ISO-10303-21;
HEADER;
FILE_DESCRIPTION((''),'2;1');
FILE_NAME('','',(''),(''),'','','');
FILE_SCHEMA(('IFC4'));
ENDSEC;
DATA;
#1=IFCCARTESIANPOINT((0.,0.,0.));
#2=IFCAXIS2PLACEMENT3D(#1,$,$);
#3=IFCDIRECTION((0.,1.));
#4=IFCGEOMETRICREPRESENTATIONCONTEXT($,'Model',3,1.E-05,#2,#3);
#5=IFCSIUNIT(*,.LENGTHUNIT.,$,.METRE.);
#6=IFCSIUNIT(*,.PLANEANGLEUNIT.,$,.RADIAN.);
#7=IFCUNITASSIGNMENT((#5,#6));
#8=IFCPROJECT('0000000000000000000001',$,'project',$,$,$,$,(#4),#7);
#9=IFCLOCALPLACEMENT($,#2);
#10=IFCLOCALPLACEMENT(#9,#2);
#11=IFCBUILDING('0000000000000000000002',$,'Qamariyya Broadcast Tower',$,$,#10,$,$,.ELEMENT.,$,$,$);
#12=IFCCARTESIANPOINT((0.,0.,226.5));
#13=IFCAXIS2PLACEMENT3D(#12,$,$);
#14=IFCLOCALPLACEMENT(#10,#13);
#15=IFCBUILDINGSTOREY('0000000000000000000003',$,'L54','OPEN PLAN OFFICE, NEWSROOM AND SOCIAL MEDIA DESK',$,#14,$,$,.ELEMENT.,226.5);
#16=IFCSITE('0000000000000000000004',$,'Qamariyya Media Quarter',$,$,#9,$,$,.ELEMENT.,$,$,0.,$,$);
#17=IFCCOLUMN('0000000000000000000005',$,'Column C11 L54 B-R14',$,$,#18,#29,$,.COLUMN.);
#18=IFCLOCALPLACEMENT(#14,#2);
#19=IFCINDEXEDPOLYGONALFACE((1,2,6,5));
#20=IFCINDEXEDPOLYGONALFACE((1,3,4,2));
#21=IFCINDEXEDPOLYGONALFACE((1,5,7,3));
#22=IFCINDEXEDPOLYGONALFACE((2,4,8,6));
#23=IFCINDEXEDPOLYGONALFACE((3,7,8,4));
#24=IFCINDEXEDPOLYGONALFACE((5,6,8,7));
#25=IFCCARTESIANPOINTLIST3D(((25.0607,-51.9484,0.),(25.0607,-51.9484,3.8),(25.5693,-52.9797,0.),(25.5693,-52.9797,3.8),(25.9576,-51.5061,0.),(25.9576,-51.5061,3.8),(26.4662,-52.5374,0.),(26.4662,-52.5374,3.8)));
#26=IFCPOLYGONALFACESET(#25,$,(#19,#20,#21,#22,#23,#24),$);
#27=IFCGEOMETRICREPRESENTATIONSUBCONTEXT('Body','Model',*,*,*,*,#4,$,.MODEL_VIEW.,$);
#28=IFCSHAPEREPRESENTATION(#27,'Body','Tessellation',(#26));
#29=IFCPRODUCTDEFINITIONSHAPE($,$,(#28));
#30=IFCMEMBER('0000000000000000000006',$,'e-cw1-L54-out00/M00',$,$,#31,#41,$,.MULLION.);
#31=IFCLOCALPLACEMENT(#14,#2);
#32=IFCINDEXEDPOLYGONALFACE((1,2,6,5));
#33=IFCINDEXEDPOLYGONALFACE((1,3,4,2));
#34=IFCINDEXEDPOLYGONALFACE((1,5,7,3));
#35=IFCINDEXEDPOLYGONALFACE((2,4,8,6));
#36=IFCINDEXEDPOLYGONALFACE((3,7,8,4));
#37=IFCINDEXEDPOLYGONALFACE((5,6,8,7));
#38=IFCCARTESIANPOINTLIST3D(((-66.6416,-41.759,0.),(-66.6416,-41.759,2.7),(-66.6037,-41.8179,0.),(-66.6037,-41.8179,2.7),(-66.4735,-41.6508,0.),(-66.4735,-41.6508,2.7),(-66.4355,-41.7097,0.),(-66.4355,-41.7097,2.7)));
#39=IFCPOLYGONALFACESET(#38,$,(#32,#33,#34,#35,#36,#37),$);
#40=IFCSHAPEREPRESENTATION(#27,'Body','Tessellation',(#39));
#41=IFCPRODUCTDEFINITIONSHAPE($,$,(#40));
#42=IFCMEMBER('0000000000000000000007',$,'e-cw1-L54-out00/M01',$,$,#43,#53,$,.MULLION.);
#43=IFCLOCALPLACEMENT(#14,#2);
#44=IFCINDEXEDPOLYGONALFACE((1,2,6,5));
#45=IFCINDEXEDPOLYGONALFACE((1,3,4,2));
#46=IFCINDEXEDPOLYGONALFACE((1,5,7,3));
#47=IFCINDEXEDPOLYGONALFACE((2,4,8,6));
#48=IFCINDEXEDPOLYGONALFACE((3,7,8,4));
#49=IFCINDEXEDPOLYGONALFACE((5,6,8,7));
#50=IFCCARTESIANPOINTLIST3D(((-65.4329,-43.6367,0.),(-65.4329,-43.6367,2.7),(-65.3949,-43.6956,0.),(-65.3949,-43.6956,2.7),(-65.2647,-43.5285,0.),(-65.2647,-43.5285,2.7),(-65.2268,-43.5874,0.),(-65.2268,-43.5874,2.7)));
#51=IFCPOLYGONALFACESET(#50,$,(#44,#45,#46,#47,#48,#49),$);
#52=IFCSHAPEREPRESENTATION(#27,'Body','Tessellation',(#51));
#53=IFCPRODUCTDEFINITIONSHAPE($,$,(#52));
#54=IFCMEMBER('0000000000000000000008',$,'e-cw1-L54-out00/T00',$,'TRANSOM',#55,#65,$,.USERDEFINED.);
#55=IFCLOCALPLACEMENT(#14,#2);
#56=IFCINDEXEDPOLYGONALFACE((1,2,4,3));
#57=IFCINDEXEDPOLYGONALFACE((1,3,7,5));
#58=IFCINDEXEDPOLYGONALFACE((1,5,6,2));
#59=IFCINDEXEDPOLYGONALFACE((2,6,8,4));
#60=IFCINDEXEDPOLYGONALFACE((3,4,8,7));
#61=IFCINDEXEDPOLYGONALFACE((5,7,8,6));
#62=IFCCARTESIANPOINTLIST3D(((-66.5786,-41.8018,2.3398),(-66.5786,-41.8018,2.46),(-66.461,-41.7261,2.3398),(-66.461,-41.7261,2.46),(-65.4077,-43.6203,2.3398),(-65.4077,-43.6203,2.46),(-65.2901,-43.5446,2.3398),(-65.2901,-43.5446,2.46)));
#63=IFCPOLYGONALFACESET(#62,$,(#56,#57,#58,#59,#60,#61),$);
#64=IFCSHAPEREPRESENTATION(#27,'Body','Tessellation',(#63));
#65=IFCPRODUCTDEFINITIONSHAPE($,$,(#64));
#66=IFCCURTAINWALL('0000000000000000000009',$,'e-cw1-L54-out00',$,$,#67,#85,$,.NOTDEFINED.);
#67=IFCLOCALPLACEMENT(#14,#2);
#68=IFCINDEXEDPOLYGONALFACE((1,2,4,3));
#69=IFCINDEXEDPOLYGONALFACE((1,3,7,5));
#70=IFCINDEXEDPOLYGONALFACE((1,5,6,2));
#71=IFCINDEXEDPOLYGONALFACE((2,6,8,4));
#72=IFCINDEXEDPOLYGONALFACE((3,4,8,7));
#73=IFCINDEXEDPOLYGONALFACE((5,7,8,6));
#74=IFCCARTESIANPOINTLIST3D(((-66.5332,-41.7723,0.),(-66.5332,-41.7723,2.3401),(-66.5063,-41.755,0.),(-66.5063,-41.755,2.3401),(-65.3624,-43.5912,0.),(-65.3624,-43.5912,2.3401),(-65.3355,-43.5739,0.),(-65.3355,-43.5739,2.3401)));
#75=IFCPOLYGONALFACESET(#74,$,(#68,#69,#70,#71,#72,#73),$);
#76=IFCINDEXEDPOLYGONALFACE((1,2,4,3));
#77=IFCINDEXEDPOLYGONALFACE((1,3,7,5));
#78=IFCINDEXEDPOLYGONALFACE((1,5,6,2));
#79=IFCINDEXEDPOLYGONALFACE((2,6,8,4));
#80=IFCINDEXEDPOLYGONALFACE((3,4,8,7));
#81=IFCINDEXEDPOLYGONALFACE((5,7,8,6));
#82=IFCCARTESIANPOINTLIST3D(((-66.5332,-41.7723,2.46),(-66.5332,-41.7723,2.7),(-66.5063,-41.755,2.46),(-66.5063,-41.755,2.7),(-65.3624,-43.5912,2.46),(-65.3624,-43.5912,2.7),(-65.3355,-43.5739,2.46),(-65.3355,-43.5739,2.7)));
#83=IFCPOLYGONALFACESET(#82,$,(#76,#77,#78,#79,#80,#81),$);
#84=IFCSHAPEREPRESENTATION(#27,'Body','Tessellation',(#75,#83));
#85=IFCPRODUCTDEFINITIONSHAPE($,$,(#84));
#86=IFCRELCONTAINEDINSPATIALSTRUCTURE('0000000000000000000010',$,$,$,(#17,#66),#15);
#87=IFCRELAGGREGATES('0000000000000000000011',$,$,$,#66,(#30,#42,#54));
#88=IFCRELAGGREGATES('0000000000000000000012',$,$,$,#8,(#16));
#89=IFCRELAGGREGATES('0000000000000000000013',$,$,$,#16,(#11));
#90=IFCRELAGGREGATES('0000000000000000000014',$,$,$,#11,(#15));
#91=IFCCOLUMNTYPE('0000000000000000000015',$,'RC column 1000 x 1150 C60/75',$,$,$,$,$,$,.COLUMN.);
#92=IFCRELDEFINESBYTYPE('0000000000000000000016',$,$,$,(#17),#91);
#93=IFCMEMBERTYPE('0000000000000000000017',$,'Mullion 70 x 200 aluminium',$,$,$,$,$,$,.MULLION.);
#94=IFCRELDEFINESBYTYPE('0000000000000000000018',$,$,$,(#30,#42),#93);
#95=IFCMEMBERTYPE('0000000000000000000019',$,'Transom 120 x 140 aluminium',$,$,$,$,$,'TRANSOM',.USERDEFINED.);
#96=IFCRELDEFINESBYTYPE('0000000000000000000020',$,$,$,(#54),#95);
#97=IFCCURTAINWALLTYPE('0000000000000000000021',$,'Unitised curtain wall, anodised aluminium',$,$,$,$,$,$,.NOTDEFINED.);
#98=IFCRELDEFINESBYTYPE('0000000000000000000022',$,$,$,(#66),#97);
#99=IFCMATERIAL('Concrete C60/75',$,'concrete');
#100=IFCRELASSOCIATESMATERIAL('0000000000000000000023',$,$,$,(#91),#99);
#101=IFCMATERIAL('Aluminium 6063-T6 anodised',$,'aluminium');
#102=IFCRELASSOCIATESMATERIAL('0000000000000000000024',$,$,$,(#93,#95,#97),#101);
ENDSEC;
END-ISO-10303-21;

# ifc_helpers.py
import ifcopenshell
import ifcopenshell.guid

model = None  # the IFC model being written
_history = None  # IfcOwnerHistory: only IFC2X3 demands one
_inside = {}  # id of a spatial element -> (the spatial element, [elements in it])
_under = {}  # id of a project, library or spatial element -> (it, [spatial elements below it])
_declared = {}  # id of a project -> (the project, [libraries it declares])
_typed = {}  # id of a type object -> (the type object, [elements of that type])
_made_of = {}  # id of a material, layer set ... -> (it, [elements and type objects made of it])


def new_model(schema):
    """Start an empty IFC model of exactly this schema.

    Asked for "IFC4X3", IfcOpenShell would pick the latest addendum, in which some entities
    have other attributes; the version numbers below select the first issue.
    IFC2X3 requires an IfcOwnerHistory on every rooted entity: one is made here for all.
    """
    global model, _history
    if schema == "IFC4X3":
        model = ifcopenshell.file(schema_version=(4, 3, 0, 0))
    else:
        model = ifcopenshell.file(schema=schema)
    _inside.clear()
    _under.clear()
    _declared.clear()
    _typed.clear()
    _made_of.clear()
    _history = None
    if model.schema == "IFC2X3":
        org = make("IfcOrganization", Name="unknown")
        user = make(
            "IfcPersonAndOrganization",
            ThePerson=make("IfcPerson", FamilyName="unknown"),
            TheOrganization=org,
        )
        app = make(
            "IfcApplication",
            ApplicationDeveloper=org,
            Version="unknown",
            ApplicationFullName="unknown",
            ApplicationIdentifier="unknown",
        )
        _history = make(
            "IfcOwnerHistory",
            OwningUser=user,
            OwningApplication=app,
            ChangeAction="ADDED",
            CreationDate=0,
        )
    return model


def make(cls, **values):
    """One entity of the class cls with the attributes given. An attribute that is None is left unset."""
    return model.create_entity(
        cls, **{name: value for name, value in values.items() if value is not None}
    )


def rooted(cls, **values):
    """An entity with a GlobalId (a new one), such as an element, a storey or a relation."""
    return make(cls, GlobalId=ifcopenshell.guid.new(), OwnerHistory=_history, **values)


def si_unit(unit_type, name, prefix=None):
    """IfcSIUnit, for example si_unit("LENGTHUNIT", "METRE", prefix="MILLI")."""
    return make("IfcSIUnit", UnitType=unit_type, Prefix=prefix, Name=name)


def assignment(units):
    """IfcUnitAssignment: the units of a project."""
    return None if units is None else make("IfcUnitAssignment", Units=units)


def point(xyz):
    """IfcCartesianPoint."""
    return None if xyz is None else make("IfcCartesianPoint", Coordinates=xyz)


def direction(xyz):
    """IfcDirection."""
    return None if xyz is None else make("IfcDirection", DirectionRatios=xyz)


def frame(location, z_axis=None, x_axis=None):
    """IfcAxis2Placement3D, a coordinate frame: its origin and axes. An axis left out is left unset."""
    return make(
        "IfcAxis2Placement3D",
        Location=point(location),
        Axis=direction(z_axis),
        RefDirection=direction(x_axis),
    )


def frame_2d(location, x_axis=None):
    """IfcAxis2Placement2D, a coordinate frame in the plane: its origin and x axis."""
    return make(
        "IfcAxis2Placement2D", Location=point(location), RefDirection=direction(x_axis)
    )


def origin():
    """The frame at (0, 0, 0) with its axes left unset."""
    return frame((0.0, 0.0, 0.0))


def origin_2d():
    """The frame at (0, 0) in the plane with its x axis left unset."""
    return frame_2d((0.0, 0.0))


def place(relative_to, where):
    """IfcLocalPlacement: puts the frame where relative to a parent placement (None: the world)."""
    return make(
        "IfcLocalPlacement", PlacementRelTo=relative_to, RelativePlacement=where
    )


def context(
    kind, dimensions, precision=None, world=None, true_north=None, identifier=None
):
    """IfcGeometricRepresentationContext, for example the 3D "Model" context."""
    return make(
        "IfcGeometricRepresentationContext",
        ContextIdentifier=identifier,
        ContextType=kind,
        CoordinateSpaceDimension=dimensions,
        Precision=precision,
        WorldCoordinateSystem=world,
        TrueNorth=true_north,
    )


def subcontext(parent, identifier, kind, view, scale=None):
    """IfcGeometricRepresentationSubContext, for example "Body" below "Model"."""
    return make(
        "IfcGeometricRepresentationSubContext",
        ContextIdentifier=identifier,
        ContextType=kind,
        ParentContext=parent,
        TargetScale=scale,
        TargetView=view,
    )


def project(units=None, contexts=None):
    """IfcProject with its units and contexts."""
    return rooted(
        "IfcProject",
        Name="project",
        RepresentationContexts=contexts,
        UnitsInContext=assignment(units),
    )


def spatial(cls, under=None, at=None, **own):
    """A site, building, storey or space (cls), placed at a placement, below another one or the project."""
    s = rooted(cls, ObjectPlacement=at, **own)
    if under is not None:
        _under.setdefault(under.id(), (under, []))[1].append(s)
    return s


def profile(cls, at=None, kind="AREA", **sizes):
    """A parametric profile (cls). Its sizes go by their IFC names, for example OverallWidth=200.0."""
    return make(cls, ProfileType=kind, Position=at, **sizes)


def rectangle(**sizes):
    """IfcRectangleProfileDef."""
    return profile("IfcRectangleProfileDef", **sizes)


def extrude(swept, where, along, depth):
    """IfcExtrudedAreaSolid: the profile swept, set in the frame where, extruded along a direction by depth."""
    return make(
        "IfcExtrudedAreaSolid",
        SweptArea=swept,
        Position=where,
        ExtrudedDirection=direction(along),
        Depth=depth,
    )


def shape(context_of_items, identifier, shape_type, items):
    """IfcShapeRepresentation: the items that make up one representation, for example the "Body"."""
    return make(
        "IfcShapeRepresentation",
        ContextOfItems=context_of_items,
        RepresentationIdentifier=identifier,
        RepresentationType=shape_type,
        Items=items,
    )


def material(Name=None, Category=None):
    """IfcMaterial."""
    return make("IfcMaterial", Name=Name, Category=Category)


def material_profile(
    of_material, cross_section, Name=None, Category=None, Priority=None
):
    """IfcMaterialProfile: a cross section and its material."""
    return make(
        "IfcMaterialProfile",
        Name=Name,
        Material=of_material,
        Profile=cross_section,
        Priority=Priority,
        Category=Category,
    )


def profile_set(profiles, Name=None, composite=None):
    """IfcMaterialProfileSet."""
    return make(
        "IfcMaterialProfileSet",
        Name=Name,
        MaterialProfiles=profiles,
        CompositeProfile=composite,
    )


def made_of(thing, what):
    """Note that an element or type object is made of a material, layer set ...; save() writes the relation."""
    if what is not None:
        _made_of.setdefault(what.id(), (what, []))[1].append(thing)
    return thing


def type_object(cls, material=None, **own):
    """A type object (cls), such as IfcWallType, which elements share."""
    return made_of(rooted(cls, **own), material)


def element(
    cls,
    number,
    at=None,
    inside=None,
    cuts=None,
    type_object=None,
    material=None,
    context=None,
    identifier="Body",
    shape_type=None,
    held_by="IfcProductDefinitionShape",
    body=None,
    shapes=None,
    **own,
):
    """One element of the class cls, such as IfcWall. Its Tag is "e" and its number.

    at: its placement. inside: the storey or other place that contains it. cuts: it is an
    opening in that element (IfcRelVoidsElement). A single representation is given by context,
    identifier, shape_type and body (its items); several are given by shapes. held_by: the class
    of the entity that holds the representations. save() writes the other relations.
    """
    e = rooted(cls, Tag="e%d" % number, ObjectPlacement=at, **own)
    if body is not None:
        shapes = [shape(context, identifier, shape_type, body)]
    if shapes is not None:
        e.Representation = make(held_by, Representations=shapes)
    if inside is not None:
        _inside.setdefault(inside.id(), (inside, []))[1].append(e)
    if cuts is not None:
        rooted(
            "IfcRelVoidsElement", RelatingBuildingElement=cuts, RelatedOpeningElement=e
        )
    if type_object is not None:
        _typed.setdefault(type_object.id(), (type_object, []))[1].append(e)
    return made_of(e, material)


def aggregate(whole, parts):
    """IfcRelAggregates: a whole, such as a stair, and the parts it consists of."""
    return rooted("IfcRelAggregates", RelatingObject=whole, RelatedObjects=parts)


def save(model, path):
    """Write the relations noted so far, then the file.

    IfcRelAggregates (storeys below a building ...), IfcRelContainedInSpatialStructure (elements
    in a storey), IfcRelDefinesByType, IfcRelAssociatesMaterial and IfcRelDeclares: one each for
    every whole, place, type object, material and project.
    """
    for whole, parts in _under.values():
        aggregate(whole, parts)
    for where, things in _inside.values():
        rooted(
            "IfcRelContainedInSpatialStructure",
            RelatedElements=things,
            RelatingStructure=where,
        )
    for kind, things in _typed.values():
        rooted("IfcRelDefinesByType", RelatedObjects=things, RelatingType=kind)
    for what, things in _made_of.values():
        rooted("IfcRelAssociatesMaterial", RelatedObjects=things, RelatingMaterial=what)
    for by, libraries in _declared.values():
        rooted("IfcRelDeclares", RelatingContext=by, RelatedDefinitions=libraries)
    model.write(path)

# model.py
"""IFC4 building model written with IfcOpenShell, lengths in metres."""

from ifc_helpers import new_model, si_unit, direction, frame, origin, origin_2d, place, context, subcontext, project, spatial, rectangle, extrude, material, material_profile, profile_set, type_object, element, aggregate, save


model = new_model("IFC4")

# Units and contexts
model_context = context("Model", 3, precision=1e-05, world=origin(), true_north=direction((0.0, 1.0)))
body_context = subcontext(model_context, "Body", "Model", "MODEL_VIEW")
ifc_project = project(units=[si_unit("LENGTHUNIT", "METRE"), si_unit("PLANEANGLEUNIT", "RADIAN")], contexts=[model_context])

# Site, building, storey
site_placement = place(None, origin())
site = spatial("IfcSite", under=ifc_project, at=site_placement, Name="Qamariyya Media Quarter", CompositionType="ELEMENT", RefElevation=0.0)
building_placement = place(site_placement, origin())
building = spatial("IfcBuilding", under=site, at=building_placement, Name="Qamariyya Broadcast Tower", CompositionType="ELEMENT")
storey_placement = place(building_placement, frame((0.0, 0.0, 226.5)))
storey = spatial("IfcBuildingStorey", under=building, at=storey_placement, Name="L54", Description="OPEN PLAN OFFICE, NEWSROOM AND SOCIAL MEDIA DESK", CompositionType="ELEMENT", Elevation=226.5)

# Column
ifc_material_1 = material(Name="Concrete C60/75", Category="concrete")
ifc_material_profile_1 = material_profile(ifc_material_1, rectangle(XDim=1.0, YDim=1.1499, at=origin_2d()))
ifc_profile_set_1 = profile_set([ifc_material_profile_1], Name="Concrete C60/75")
column_type = type_object("IfcColumnType", Name="RC column 1000 x 1150 C60/75", PredefinedType="COLUMN", material=ifc_profile_set_1)
column_placement = place(storey_placement, frame((25.7634, -52.2429, 0.0), z_axis=(0.0, 0.0, 1.0), x_axis=(0.896873, 0.442289, 0.0)))
element("IfcColumn", 1, at=column_placement, inside=storey, type_object=column_type, Name="Column C11 L54 B-R14", PredefinedType="COLUMN", context=body_context, shape_type="SweptSolid", body=[
    extrude(rectangle(XDim=1.0, YDim=1.1499, at=origin_2d()), origin(), (0.0, 0.0, 1.0), 3.8),
])

# Members
ifc_material_2 = material(Name="Aluminium 6063-T6 anodised", Category="aluminium")
ifc_material_profile_2 = material_profile(ifc_material_2, rectangle(XDim=0.2, YDim=0.0701, at=origin_2d()))
ifc_profile_set_2 = profile_set([ifc_material_profile_2], Name="Aluminium 6063-T6 anodised")
member_type_1 = type_object("IfcMemberType", Name="Mullion 70 x 200 aluminium", PredefinedType="MULLION", material=ifc_profile_set_2)
member_1_placement = place(storey_placement, frame((-66.5386, -41.7344, 0.0), z_axis=(0.0, 0.0, 1.0), x_axis=(0.840842, 0.54128, 0.0)))
member_1 = element("IfcMember", 2, at=member_1_placement, type_object=member_type_1, Name="e-cw1-L54-out00/M00", PredefinedType="MULLION", context=body_context, shape_type="SweptSolid", body=[
    extrude(rectangle(XDim=0.2, YDim=0.0701, at=origin_2d()), origin(), (0.0, 0.0, 1.0), 2.7),
])
member_2_placement = place(storey_placement, frame((-65.3298, -43.6121, 0.0), z_axis=(0.0, 0.0, 1.0), x_axis=(0.840842, 0.54128, 0.0)))
member_2 = element("IfcMember", 3, at=member_2_placement, type_object=member_type_1, Name="e-cw1-L54-out00/M01", PredefinedType="MULLION", context=body_context, shape_type="SweptSolid", body=[
    extrude(rectangle(XDim=0.2, YDim=0.0701, at=origin_2d()), origin(), (0.0, 0.0, 1.0), 2.7),
])

# Member
ifc_material_profile_3 = material_profile(ifc_material_2, rectangle(XDim=0.1399, YDim=0.1201, at=origin_2d()))
ifc_profile_set_3 = profile_set([ifc_material_profile_3], Name="Aluminium 6063-T6 anodised")
member_type_2 = type_object("IfcMemberType", Name="Transom 120 x 140 aluminium", ElementType="TRANSOM", PredefinedType="USERDEFINED", material=ifc_profile_set_3)
member_3_placement = place(storey_placement, frame((-66.5198, -41.7639, 2.3999), z_axis=(0.541345, -0.840801, 0.0), x_axis=(0.840801, 0.541345, 0.0)))
member_3 = element("IfcMember", 4, at=member_3_placement, type_object=member_type_2, Name="e-cw1-L54-out00/T00", ObjectType="TRANSOM", PredefinedType="USERDEFINED", context=body_context, shape_type="SweptSolid", body=[
    extrude(rectangle(XDim=0.1399, YDim=0.1201, at=origin_2d()), origin(), (0.0, 0.0, 1.0), 2.1628),
])

# Curtain wall
curtain_wall_type = type_object("IfcCurtainWallType", Name="Unitised curtain wall, anodised aluminium", PredefinedType="NOTDEFINED", material=ifc_material_2)
curtain_wall_1_placement = place(storey_placement, origin())
curtain_wall_1 = element("IfcCurtainWall", 5, at=curtain_wall_1_placement, inside=storey, type_object=curtain_wall_type, Name="e-cw1-L54-out00", PredefinedType="NOTDEFINED", context=body_context, shape_type="SweptSolid", body=[
    extrude(rectangle(XDim=2.1631, YDim=0.032, at=origin_2d()), frame((-65.9343, -42.6731, 0.0), x_axis=(0.541272, -0.840848, 0.0)), (0.0, 0.0, 1.0), 2.3401),
    extrude(rectangle(XDim=2.1631, YDim=0.032, at=origin_2d()), frame((-65.9343, -42.6731, 2.46), x_axis=(0.541272, -0.840848, 0.0)), (0.0, 0.0, 1.0), 0.24),
])
aggregate(curtain_wall_1, [member_1, member_2, member_3])

save(model, "model.ifc")
